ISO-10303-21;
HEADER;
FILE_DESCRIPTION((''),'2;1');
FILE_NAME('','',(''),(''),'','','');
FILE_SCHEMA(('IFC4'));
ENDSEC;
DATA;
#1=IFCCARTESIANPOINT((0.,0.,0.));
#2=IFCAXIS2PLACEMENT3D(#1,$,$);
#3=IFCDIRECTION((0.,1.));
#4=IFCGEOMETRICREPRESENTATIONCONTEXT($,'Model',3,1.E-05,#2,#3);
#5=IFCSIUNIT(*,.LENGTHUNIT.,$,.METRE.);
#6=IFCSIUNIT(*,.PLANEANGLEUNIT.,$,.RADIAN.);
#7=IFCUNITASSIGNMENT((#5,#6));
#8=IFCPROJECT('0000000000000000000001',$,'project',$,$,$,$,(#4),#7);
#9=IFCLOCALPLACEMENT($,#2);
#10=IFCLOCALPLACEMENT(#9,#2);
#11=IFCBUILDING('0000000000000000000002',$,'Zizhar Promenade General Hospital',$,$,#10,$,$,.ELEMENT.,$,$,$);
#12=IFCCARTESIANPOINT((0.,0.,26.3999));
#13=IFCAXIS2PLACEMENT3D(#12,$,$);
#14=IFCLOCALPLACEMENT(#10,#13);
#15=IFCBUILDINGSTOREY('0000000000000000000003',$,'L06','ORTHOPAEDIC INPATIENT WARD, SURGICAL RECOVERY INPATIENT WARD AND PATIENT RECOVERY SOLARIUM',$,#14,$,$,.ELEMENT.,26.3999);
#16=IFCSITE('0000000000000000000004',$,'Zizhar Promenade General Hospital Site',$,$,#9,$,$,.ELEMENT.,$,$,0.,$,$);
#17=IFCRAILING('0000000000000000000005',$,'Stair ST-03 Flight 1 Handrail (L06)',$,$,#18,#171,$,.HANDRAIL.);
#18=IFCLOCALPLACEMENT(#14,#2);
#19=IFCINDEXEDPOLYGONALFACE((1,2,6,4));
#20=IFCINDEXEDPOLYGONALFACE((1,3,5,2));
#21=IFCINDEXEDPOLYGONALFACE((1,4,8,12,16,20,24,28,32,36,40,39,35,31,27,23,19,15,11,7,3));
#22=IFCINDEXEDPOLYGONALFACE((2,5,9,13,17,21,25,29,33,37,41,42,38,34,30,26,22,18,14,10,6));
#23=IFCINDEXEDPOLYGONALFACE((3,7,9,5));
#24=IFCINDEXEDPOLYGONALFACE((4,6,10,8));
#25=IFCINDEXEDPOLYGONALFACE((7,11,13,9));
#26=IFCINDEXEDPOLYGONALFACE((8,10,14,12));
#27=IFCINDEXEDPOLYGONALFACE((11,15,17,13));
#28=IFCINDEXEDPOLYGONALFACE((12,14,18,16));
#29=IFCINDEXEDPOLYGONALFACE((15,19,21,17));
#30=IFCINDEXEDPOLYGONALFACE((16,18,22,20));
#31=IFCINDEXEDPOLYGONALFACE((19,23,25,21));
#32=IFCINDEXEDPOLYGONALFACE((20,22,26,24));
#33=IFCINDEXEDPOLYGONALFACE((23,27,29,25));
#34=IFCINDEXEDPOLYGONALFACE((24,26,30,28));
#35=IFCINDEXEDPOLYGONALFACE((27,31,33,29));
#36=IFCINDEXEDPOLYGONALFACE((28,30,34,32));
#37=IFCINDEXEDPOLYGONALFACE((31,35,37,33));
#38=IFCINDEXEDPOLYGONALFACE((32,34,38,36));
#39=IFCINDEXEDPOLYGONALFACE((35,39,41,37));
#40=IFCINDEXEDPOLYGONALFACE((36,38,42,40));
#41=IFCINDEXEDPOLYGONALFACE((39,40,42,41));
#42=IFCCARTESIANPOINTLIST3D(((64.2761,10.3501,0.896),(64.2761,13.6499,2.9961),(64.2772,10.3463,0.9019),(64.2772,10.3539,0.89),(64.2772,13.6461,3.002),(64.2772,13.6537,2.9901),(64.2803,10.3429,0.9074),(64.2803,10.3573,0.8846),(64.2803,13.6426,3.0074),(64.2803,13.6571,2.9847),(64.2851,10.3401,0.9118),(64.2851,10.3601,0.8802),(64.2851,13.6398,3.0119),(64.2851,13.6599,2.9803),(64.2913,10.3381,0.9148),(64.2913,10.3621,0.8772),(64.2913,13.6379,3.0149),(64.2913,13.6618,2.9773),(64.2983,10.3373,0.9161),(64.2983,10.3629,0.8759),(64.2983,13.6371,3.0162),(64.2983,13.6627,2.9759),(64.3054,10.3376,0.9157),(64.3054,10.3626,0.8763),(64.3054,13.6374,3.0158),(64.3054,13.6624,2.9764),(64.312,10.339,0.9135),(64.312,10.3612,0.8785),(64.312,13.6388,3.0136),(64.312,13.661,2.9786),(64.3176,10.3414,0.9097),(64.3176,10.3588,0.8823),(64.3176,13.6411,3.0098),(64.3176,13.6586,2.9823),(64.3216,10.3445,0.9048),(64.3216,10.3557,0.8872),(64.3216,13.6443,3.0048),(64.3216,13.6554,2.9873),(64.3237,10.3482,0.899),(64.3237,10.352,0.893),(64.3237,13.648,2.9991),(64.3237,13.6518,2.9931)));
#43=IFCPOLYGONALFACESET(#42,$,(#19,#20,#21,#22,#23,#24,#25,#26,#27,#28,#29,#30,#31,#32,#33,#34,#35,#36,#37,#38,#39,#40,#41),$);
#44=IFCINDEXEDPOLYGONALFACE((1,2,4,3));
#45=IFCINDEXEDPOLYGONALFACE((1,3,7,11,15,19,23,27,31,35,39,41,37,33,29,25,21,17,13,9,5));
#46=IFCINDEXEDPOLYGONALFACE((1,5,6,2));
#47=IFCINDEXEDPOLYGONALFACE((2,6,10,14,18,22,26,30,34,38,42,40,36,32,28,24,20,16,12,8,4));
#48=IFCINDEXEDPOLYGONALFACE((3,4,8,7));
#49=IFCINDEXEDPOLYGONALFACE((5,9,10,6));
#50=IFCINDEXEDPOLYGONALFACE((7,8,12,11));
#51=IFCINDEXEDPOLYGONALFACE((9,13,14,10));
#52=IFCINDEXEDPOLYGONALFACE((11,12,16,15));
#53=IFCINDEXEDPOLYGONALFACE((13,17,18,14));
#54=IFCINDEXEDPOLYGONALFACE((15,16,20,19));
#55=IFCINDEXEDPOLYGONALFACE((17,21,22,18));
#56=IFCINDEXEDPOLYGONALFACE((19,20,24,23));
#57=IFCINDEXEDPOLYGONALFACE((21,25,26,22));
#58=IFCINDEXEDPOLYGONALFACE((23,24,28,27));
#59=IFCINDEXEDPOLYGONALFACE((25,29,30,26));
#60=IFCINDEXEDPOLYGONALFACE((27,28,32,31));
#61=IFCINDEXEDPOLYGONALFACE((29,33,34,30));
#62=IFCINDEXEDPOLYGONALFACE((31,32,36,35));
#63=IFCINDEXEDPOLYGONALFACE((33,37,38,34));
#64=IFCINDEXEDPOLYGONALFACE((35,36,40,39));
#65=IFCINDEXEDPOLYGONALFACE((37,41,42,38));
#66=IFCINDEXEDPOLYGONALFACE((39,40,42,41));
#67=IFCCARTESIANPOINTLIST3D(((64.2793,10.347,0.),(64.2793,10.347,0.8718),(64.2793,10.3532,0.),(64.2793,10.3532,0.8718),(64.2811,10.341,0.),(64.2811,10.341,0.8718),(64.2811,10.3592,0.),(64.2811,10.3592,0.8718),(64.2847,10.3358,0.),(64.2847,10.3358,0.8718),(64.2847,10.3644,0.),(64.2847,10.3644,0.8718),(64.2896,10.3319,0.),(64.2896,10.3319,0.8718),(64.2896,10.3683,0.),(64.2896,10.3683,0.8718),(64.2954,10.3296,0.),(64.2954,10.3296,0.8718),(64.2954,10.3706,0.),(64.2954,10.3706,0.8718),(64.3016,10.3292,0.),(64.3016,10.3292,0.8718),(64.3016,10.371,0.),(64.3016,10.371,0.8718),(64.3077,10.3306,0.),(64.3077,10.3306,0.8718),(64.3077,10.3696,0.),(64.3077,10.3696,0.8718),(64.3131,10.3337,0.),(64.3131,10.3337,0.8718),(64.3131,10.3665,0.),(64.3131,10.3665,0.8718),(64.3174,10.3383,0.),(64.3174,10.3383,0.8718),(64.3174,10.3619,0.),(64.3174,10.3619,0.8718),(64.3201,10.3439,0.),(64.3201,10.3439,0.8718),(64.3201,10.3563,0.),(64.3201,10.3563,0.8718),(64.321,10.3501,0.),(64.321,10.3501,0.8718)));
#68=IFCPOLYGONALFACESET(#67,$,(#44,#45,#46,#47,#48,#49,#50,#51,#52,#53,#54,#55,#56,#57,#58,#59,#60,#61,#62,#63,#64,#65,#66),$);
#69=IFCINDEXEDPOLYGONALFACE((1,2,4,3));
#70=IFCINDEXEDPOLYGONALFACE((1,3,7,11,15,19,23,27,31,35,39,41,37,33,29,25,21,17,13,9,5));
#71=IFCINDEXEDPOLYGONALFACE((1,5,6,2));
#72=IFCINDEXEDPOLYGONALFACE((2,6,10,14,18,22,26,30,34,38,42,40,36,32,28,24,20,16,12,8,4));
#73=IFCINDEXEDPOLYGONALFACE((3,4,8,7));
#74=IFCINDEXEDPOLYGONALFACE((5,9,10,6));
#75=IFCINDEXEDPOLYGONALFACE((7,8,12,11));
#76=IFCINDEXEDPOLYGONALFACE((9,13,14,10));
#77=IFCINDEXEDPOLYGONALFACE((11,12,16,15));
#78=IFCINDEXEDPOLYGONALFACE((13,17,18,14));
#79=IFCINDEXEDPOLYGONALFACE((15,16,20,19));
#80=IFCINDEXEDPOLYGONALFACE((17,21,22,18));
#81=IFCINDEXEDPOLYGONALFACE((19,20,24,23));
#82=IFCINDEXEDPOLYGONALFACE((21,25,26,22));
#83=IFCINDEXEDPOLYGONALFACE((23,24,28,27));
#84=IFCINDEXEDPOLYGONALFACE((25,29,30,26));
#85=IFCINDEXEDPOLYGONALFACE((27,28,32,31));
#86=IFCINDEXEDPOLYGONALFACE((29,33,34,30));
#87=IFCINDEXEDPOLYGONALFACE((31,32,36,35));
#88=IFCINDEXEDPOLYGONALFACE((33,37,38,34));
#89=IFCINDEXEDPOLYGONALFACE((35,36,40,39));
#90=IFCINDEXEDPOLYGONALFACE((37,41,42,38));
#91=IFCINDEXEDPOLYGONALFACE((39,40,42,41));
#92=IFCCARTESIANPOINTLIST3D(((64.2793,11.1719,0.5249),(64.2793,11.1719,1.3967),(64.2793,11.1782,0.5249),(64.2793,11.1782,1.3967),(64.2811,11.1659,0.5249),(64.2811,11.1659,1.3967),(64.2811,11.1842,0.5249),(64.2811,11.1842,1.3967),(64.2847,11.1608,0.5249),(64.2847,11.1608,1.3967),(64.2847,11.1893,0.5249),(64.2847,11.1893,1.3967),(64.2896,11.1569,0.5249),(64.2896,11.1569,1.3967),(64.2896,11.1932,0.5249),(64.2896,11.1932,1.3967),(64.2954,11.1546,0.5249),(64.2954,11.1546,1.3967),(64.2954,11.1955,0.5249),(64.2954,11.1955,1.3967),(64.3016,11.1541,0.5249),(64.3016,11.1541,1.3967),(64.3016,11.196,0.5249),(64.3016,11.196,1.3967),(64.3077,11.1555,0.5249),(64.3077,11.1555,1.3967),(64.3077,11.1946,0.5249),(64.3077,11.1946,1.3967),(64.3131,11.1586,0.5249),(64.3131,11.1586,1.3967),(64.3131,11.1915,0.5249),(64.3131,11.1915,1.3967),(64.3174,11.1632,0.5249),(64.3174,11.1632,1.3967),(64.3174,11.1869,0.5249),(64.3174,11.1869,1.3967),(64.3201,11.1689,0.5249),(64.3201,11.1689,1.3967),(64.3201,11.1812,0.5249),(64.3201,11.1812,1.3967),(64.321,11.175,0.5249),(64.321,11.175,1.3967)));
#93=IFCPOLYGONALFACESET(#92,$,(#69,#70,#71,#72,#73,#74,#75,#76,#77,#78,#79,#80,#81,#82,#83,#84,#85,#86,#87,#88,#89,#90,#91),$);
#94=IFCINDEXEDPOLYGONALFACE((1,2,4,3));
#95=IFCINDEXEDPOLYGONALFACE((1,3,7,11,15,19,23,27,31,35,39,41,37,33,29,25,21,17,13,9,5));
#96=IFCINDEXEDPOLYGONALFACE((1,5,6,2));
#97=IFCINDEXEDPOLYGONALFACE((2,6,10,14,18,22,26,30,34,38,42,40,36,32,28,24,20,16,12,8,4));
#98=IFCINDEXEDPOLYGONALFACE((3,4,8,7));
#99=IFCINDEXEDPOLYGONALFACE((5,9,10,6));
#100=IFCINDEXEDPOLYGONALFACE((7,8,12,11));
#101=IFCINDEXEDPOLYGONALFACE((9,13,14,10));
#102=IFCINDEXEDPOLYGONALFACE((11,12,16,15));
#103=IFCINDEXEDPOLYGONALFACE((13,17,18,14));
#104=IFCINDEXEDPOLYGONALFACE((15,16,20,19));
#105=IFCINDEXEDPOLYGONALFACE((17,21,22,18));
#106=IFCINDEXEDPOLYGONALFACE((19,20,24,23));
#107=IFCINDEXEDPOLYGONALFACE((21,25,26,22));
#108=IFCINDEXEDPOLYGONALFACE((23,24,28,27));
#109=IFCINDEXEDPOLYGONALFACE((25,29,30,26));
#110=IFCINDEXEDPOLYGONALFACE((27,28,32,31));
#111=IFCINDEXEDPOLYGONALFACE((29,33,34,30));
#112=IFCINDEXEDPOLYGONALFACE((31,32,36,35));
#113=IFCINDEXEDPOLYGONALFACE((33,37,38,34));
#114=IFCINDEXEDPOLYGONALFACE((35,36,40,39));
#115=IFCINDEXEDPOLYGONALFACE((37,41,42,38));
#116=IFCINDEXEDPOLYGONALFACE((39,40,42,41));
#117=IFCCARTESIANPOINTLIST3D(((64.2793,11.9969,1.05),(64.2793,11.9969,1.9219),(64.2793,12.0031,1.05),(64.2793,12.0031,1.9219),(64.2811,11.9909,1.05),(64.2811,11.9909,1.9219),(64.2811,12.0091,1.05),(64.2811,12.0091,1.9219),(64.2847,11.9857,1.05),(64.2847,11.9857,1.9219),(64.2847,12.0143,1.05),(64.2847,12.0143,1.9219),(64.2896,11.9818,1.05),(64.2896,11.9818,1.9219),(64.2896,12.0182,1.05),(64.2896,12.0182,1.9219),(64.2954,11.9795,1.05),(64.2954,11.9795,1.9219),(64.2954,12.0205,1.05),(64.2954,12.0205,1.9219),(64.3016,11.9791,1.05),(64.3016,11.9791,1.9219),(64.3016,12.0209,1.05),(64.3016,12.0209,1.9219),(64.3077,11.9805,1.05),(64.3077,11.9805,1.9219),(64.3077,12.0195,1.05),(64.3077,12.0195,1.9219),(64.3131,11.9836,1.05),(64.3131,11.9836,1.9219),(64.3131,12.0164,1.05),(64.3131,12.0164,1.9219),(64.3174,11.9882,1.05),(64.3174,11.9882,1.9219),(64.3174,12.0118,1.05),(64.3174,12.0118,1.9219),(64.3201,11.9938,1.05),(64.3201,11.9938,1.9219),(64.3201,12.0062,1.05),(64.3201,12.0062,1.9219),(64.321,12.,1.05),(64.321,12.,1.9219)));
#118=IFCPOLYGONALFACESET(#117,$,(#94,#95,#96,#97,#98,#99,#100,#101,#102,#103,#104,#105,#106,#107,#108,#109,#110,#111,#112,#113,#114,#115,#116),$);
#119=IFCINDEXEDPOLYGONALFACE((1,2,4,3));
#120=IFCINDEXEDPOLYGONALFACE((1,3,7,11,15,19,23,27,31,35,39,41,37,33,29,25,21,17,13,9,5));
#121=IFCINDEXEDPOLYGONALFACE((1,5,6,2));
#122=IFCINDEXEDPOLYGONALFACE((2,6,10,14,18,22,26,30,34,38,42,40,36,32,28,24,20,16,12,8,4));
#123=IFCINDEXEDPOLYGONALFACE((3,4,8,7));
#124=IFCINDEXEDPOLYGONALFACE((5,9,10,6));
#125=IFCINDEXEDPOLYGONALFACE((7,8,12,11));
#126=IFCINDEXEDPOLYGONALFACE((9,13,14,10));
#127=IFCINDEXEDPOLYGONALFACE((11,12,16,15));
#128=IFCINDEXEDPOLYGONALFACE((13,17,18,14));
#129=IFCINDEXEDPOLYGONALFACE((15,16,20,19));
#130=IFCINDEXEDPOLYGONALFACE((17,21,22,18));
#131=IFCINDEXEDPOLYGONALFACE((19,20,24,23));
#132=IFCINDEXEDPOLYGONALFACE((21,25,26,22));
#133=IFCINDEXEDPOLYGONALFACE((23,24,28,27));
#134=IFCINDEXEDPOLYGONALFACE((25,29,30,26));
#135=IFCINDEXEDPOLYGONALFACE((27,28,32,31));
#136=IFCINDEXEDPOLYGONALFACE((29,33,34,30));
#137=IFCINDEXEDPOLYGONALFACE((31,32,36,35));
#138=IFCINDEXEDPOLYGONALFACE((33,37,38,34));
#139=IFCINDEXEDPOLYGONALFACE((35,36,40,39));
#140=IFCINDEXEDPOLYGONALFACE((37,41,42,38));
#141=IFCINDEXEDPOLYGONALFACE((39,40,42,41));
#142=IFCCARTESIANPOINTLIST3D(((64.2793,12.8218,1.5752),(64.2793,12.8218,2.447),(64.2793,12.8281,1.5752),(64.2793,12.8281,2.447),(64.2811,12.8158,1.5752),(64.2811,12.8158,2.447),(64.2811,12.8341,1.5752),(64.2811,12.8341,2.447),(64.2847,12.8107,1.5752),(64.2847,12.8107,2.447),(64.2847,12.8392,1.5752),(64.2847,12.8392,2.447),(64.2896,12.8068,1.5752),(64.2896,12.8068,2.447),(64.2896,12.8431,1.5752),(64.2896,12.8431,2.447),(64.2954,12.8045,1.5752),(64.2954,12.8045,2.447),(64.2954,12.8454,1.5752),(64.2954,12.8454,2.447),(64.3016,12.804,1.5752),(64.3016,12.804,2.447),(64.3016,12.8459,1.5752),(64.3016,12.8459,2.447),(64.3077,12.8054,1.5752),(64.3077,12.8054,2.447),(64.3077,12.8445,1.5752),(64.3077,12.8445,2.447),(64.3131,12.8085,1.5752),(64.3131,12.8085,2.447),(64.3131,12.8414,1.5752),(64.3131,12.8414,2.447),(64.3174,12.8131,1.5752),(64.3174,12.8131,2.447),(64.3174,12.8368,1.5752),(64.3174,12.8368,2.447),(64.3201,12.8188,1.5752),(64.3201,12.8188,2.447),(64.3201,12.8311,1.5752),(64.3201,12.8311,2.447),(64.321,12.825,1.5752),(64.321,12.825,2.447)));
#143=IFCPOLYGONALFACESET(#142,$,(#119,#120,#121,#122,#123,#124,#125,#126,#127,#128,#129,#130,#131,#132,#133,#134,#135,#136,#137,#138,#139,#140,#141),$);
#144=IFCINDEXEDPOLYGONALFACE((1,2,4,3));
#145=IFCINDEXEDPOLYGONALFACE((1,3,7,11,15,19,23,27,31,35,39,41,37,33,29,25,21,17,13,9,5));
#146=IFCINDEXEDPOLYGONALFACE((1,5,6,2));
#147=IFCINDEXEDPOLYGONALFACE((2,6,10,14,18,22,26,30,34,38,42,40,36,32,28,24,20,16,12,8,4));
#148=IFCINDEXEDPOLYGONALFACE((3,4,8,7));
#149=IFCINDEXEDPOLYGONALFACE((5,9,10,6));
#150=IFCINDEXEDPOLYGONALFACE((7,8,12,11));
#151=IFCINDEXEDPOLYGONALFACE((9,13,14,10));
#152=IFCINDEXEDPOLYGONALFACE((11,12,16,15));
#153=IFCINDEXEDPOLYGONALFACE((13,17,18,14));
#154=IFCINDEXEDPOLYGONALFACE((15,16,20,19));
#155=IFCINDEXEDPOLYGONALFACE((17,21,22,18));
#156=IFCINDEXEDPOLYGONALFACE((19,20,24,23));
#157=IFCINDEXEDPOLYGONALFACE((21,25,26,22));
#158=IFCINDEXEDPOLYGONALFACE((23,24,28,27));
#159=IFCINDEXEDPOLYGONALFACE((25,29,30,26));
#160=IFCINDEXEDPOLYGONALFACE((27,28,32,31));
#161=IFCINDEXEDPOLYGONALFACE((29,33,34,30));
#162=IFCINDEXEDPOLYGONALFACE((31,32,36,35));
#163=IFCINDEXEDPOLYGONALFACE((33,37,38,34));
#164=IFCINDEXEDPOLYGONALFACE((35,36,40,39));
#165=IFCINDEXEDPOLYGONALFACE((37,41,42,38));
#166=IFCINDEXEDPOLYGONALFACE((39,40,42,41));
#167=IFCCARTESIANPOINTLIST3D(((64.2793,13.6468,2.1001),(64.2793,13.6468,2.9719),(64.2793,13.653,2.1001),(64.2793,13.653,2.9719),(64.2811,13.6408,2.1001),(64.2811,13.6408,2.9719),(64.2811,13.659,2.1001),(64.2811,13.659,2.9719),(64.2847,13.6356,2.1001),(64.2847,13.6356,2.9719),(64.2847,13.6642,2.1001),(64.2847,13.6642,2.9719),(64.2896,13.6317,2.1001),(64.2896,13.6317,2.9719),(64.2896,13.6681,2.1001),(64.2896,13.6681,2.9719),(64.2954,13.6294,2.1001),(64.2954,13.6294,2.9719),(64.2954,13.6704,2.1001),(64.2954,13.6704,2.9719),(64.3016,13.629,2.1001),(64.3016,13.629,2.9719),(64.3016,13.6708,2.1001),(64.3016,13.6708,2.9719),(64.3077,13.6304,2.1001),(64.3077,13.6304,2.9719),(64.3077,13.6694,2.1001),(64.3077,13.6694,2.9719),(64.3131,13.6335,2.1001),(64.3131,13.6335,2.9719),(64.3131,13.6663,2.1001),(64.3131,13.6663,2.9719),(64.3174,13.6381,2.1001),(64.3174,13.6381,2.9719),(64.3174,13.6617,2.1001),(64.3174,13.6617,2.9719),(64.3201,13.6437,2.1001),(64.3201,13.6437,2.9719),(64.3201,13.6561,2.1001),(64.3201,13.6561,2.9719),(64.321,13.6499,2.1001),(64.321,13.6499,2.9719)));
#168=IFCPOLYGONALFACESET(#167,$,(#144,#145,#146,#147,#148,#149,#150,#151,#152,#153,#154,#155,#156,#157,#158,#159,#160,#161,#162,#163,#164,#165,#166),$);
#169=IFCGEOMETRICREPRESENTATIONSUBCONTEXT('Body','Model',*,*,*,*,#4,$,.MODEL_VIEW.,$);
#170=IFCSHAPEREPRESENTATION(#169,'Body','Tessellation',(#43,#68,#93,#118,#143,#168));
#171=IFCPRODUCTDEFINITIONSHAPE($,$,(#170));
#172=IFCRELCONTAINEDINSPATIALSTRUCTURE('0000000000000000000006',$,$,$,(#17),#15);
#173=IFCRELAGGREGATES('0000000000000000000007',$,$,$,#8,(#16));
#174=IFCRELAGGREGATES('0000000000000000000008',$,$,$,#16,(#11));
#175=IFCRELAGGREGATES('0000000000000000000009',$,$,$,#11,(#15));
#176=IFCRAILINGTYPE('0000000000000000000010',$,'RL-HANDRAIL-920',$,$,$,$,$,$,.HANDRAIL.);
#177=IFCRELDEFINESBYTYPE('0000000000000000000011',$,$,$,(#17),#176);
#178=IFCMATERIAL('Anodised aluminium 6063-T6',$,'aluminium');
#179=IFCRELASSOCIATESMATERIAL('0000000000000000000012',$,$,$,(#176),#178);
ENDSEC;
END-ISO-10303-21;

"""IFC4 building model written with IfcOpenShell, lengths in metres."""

from ifc_helpers import new_model, si_unit, direction, frame, origin, origin_2d, place, context, subcontext, project, spatial, circle, hollow_circle, extrude, material, material_profile, profile_set, type_object, element, save


model = new_model("IFC4")

# Units and contexts
model_context = context("Model", 3, precision=1e-05, world=origin(), true_north=direction((0.0, 1.0)))
body_context = subcontext(model_context, "Body", "Model", "MODEL_VIEW")
ifc_project = project(units=[si_unit("LENGTHUNIT", "METRE"), si_unit("PLANEANGLEUNIT", "RADIAN")], contexts=[model_context])

# Site, building, storey
site_placement = place(None, origin())
site = spatial("IfcSite", under=ifc_project, at=site_placement, Name="Zizhar Promenade General Hospital Site", CompositionType="ELEMENT", RefElevation=0.0)
building_placement = place(site_placement, origin())
building = spatial("IfcBuilding", under=site, at=building_placement, Name="Zizhar Promenade General Hospital", CompositionType="ELEMENT")
storey_placement = place(building_placement, frame((0.0, 0.0, 26.3999)))
storey = spatial("IfcBuildingStorey", under=building, at=storey_placement, Name="L06", Description="ORTHOPAEDIC INPATIENT WARD, SURGICAL RECOVERY INPATIENT WARD AND PATIENT RECOVERY SOLARIUM", CompositionType="ELEMENT", Elevation=26.3999)

# Railing
ifc_material_1 = material(Name="Anodised aluminium 6063-T6", Category="aluminium")
ifc_material_profile_1 = material_profile(ifc_material_1, hollow_circle(Radius=0.0698, WallThickness=0.0063, at=origin_2d()))
ifc_profile_set_1 = profile_set([ifc_material_profile_1], Name="Anodised aluminium 6063-T6")
railing_type_1 = type_object("IfcRailingType", Name="RL-HANDRAIL-920", PredefinedType="HANDRAIL", material=ifc_profile_set_1)
railing_1_placement = place(storey_placement, frame((64.3, 10.3501, 0.0)))
element("IfcRailing", 1, at=railing_1_placement, inside=storey, type_object=railing_type_1, Name="Stair ST-03 Flight 1 Handrail (L06)", PredefinedType="HANDRAIL", context=body_context, shape_type="SweptSolid", body=[
    extrude(circle(Radius=0.0239, at=origin_2d()), frame((0.0, 0.0, 0.896), z_axis=(0.0, 0.843636, 0.536916), x_axis=(-1.0, 0.0, 0.0)), (0.0, 0.0, 1.0), 3.9114),
    extrude(circle(Radius=0.021, at=origin_2d()), origin(), (0.0, 0.0, 1.0), 0.8718),
    extrude(circle(Radius=0.021, at=origin_2d()), frame((0.0, 0.825, 0.5249)), (0.0, 0.0, 1.0), 0.8718),
    extrude(circle(Radius=0.021, at=origin_2d()), frame((0.0, 1.6499, 1.05)), (0.0, 0.0, 1.0), 0.8718),
    extrude(circle(Radius=0.021, at=origin_2d()), frame((0.0, 2.4749, 1.5752)), (0.0, 0.0, 1.0), 0.8718),
    extrude(circle(Radius=0.021, at=origin_2d()), frame((0.0, 3.2998, 2.1001)), (0.0, 0.0, 1.0), 0.8718),
])

save(model, "model.ifc")
